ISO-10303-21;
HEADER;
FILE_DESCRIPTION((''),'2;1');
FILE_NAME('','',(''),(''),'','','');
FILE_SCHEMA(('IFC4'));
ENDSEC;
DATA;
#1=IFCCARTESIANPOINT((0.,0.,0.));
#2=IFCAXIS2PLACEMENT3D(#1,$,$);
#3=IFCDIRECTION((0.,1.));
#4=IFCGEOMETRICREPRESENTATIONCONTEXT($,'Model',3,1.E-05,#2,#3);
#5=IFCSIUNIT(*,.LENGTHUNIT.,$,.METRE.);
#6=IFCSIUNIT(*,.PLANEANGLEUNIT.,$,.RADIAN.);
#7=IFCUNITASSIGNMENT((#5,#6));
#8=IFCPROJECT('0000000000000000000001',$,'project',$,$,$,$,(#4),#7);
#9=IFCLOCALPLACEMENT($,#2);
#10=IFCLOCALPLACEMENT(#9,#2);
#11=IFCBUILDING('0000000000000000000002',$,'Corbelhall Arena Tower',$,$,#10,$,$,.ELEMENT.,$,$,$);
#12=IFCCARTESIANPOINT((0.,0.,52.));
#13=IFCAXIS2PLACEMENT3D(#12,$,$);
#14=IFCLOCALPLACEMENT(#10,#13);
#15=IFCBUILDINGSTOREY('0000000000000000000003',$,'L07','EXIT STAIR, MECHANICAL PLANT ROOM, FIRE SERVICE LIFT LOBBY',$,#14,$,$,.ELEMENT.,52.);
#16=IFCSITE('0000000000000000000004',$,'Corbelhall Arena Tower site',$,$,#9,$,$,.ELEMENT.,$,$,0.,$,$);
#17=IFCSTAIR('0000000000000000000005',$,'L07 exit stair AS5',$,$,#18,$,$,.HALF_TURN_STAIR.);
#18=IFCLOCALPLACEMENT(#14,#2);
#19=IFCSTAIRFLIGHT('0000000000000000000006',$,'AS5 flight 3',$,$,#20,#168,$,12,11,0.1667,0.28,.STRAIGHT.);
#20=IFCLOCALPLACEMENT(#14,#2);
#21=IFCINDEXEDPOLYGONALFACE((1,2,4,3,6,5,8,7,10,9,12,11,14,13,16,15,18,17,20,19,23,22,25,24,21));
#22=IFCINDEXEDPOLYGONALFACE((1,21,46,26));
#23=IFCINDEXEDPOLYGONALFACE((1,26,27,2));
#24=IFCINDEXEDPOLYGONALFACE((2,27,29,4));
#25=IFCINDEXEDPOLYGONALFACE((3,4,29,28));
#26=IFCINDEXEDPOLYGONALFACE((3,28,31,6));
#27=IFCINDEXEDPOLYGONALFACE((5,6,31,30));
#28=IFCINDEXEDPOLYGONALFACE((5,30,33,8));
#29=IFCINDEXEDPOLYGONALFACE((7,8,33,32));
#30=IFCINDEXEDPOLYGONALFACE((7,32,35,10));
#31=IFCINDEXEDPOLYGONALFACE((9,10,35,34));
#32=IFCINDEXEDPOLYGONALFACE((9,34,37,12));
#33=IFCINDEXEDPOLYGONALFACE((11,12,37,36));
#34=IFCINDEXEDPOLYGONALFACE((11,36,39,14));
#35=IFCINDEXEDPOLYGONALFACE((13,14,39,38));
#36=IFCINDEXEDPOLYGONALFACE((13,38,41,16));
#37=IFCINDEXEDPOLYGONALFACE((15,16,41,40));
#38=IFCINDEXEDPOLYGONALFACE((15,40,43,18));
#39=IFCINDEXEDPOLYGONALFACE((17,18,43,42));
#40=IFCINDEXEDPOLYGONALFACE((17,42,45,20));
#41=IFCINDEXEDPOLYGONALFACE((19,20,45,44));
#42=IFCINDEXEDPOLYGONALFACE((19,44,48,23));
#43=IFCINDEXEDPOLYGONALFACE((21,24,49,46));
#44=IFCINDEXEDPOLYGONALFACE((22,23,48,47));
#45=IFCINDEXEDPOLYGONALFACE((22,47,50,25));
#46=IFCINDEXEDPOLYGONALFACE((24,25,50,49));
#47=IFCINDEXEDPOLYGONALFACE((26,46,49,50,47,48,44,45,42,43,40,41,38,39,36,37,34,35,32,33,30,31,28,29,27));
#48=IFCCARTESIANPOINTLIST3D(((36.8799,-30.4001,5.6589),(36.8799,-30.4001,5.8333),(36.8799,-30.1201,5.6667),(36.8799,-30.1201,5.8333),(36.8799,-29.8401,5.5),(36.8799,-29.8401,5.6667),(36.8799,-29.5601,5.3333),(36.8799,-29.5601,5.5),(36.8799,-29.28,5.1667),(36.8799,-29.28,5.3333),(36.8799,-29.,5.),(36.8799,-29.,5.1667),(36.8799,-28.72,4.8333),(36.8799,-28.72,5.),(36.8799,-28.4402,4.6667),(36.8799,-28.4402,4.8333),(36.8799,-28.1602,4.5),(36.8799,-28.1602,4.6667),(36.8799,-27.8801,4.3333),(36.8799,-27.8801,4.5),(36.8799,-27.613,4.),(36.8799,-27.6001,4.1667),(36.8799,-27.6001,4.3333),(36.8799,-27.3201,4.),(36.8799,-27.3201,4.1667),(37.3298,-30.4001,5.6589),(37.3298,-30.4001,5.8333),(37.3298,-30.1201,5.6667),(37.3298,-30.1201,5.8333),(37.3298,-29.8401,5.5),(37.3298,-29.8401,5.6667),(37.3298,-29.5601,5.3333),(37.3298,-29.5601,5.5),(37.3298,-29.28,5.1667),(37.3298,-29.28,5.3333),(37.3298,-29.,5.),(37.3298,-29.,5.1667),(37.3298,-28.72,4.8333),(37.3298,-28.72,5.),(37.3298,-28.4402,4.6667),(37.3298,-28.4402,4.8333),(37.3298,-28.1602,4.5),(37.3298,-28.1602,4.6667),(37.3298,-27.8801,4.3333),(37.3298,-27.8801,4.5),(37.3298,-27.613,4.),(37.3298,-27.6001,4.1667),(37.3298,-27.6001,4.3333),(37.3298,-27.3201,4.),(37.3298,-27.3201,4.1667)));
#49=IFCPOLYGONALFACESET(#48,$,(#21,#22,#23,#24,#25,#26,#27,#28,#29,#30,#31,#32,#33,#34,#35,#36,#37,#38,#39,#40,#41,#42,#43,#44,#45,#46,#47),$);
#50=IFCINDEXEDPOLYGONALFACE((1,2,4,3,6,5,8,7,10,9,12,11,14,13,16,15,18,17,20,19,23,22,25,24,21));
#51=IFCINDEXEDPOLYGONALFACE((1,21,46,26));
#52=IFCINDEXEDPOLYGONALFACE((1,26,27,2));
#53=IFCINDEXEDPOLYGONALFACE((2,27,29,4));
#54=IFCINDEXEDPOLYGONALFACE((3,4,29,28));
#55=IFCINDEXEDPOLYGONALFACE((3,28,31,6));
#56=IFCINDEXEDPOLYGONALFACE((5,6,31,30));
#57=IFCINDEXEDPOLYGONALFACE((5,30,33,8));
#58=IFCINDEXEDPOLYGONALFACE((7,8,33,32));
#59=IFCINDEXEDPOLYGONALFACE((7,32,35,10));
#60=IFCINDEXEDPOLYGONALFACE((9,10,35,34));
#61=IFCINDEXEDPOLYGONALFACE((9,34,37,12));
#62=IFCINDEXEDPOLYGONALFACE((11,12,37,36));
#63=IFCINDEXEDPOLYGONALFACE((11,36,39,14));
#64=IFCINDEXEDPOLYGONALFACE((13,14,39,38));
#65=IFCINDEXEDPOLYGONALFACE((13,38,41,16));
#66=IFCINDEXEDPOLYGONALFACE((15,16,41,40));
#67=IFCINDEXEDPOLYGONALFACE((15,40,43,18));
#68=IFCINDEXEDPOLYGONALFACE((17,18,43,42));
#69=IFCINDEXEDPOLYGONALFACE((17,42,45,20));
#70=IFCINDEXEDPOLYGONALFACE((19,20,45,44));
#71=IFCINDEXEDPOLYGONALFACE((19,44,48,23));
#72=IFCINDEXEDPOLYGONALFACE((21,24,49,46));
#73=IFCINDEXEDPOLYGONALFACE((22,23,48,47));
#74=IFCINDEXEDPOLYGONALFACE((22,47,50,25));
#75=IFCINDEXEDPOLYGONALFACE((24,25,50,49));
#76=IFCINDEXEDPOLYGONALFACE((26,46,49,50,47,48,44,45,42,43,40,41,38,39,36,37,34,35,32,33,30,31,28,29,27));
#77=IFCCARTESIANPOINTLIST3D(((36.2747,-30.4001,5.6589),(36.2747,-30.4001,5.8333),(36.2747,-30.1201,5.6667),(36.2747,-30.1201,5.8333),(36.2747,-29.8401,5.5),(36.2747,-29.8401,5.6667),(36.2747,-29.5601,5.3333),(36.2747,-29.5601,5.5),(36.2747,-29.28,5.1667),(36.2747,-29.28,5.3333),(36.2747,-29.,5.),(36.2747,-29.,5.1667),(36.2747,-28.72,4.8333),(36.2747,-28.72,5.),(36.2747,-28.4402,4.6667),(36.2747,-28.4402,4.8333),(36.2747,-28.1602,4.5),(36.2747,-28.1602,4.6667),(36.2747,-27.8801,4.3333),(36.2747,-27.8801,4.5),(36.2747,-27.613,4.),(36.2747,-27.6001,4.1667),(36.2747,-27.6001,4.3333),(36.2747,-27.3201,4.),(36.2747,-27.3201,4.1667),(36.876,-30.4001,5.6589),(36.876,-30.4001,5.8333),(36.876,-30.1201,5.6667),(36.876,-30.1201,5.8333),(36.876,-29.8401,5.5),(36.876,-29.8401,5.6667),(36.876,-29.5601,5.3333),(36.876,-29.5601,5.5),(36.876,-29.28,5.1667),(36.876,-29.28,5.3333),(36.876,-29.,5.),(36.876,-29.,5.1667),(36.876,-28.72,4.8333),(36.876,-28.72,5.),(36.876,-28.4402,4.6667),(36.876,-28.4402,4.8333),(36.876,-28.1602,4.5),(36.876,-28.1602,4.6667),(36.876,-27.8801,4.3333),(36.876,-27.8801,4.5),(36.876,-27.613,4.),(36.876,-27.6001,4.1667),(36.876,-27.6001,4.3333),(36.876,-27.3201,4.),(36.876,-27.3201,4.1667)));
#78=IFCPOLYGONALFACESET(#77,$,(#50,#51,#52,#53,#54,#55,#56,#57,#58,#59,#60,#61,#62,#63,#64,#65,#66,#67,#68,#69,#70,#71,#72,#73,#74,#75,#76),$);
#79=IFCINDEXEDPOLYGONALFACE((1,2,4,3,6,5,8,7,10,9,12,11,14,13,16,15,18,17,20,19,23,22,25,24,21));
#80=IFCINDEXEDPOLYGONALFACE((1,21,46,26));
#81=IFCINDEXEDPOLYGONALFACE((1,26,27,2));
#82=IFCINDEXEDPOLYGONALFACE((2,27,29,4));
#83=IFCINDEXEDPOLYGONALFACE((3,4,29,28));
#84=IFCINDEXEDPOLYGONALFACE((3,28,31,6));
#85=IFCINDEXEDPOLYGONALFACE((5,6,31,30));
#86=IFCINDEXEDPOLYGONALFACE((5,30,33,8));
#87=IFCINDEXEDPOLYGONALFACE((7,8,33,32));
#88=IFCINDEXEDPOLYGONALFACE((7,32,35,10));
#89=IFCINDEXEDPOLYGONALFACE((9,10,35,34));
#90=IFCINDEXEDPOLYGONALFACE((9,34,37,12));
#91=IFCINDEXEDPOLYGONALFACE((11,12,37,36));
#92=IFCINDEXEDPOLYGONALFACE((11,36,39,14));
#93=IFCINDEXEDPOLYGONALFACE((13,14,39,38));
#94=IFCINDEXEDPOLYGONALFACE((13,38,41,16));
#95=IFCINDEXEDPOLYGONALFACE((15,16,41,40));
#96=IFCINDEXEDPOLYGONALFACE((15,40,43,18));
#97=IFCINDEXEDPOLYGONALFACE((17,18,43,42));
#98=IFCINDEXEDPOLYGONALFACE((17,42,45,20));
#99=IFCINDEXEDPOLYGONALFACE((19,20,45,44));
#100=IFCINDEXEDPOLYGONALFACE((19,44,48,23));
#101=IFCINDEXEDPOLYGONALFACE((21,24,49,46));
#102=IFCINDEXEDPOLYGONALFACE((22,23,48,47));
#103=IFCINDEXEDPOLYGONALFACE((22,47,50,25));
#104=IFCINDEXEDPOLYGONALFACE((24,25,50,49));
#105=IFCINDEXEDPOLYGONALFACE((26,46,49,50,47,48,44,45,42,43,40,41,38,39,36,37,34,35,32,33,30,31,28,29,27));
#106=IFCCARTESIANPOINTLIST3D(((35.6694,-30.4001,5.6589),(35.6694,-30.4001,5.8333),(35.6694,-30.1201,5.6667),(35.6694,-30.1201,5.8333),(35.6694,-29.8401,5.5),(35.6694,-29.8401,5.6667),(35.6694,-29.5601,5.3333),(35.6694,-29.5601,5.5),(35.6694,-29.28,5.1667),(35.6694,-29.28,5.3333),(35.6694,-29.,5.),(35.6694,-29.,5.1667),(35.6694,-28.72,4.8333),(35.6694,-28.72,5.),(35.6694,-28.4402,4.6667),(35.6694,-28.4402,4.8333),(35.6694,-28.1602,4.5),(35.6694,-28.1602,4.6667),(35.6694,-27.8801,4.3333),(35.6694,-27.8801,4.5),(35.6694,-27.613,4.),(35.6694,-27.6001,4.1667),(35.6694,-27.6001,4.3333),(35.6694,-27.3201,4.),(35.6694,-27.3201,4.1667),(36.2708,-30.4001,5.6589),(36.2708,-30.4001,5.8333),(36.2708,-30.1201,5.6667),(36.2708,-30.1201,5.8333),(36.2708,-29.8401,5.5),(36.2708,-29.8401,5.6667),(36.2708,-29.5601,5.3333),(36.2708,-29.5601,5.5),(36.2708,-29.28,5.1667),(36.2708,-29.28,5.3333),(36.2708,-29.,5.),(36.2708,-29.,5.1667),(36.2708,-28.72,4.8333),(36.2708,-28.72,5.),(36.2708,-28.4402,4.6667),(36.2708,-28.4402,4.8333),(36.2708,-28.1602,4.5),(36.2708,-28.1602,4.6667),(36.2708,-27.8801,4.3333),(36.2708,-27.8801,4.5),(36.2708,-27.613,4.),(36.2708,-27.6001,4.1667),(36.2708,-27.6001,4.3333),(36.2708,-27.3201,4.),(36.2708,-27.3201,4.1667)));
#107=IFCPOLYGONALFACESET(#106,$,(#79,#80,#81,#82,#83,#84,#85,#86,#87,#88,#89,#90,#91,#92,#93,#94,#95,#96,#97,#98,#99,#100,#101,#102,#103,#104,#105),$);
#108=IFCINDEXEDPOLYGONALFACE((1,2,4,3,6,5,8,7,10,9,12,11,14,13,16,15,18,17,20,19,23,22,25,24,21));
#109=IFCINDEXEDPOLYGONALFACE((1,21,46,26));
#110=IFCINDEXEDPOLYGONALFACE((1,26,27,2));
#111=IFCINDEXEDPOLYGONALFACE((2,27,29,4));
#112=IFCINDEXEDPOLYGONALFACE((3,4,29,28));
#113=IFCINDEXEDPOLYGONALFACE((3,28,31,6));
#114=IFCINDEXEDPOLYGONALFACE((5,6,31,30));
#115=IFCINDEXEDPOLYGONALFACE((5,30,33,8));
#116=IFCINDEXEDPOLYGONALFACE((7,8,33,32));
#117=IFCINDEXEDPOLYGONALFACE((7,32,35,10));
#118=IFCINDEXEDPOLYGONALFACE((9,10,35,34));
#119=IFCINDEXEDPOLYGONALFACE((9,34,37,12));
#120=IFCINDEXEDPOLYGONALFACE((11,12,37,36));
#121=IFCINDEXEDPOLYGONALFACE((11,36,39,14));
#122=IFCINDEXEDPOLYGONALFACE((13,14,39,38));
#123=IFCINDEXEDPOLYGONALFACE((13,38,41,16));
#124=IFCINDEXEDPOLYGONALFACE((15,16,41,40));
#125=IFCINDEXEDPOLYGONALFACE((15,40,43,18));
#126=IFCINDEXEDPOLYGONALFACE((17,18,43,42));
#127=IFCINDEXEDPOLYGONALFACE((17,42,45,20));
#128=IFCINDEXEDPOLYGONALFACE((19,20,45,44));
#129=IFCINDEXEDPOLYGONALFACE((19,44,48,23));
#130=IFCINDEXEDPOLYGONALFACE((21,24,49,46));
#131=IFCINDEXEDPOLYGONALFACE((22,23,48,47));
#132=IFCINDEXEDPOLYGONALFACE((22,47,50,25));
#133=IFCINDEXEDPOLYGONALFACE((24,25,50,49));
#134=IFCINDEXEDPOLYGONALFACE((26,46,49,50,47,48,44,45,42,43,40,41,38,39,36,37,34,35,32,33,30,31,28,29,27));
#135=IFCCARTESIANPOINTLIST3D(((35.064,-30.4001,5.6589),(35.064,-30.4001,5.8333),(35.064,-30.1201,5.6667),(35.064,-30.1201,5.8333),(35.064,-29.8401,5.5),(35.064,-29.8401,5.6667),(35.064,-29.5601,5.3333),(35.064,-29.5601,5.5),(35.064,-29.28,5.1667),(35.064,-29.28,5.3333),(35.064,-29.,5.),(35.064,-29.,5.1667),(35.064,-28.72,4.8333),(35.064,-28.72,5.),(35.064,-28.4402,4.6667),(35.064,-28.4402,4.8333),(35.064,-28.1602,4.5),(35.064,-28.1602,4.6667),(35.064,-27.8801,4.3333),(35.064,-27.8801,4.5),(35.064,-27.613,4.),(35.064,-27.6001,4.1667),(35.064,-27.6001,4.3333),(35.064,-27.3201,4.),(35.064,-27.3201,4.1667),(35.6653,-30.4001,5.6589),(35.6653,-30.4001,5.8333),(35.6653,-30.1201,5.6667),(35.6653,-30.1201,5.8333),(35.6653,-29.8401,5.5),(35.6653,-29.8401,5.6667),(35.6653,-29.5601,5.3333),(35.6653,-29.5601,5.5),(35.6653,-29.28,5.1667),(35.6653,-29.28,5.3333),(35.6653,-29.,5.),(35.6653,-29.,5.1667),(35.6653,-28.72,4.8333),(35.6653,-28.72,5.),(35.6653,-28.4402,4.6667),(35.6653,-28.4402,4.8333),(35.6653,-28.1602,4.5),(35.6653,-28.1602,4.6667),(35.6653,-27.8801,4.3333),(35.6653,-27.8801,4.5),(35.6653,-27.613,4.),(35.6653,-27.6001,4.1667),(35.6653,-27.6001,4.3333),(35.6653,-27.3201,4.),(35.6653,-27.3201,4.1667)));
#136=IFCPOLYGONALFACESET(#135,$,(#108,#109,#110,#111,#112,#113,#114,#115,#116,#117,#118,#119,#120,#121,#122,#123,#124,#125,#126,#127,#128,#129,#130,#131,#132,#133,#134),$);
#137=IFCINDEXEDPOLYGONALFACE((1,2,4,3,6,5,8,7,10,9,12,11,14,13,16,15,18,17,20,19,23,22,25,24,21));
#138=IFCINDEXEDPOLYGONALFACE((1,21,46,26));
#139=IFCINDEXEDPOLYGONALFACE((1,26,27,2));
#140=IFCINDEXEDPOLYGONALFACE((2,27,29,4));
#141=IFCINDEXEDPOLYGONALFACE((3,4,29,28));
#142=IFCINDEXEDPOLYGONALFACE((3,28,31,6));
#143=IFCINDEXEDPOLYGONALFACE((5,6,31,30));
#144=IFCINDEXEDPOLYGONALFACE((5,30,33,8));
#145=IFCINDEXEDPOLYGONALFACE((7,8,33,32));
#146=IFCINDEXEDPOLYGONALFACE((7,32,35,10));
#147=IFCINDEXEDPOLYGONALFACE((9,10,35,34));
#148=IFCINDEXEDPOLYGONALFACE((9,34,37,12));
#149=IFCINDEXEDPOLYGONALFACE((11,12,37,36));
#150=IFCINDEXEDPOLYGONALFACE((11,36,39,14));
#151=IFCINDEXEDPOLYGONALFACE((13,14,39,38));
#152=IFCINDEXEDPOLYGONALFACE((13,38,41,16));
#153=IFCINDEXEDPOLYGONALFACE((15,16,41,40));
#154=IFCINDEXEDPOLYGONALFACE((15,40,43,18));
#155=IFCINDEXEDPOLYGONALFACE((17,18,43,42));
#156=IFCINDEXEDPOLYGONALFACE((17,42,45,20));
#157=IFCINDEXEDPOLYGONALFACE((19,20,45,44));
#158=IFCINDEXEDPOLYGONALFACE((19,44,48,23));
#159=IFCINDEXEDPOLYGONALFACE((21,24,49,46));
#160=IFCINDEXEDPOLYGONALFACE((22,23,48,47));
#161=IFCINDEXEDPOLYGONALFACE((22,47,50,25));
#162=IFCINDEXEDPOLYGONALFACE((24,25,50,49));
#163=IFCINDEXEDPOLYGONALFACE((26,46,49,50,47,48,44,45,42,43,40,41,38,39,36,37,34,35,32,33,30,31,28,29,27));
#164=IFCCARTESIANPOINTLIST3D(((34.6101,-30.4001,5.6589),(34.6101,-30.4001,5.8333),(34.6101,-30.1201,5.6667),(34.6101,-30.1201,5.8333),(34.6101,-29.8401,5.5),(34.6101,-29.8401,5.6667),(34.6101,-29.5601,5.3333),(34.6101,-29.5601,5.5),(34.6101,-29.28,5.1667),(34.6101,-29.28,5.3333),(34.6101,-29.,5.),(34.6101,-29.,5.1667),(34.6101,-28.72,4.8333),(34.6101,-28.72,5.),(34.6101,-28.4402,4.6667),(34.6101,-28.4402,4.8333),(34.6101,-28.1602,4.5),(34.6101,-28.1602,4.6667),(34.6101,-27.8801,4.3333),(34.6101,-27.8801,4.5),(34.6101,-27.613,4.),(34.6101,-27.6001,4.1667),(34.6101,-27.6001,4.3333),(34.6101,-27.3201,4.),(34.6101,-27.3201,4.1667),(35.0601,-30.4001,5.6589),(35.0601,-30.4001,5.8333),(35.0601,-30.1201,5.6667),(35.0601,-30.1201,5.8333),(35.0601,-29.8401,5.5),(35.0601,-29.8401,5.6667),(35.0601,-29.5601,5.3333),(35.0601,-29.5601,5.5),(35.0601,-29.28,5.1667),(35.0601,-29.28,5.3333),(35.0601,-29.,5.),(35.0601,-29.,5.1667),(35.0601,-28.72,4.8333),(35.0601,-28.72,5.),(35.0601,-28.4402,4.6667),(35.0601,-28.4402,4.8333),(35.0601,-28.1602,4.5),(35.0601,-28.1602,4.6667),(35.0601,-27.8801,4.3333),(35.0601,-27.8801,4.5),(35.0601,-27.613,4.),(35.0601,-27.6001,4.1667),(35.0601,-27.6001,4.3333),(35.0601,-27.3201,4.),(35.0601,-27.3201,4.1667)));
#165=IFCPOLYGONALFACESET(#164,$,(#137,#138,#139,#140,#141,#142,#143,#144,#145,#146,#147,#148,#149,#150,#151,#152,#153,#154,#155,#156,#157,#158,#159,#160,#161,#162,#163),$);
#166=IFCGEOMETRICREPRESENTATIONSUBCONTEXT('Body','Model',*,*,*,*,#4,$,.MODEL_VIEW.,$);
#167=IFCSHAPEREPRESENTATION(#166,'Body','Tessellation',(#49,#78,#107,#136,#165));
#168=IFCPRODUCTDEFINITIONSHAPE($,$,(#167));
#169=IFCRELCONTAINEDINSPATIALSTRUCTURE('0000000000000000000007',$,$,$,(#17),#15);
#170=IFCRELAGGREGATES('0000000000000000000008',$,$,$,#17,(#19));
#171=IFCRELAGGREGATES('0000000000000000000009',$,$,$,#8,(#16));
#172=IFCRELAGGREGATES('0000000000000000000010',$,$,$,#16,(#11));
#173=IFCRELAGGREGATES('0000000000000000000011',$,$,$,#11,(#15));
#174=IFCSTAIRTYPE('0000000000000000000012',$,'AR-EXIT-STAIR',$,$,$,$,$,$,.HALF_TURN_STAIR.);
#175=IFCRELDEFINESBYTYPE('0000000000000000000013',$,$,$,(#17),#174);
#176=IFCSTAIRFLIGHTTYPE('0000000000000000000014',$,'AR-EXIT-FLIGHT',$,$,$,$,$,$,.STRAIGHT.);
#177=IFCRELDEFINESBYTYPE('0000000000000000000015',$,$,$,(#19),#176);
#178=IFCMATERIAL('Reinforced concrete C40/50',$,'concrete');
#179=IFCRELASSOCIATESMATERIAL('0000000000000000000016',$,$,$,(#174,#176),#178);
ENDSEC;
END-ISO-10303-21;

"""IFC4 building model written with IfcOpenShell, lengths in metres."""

from ifc_helpers import new_model, si_unit, direction, frame, origin, place, context, subcontext, project, spatial, polyline, outline, extrude, material, type_object, element, aggregate, save


model = new_model("IFC4")

# Units and contexts
model_context = context("Model", 3, precision=1e-05, world=origin(), true_north=direction((0.0, 1.0)))
body_context = subcontext(model_context, "Body", "Model", "MODEL_VIEW")
ifc_project = project(units=[si_unit("LENGTHUNIT", "METRE"), si_unit("PLANEANGLEUNIT", "RADIAN")], contexts=[model_context])

# Site, building, storey
site_placement = place(None, origin())
site = spatial("IfcSite", under=ifc_project, at=site_placement, Name="Corbelhall Arena Tower site", CompositionType="ELEMENT", RefElevation=0.0)
building_placement = place(site_placement, origin())
building = spatial("IfcBuilding", under=site, at=building_placement, Name="Corbelhall Arena Tower", CompositionType="ELEMENT")
storey_placement = place(building_placement, frame((0.0, 0.0, 52.0)))
storey = spatial("IfcBuildingStorey", under=building, at=storey_placement, Name="L07", Description="EXIT STAIR, MECHANICAL PLANT ROOM, FIRE SERVICE LIFT LOBBY", CompositionType="ELEMENT", Elevation=52.0)

# Stair, stair flight
ifc_material_1 = material(Name="Reinforced concrete C40/50", Category="concrete")
stair_type = type_object("IfcStairType", Name="AR-EXIT-STAIR", PredefinedType="HALF_TURN_STAIR", material=ifc_material_1)
stair_1_placement = place(storey_placement, origin())
stair_1 = element("IfcStair", 1, at=stair_1_placement, inside=storey, type_object=stair_type, Name="L07 exit stair AS5", PredefinedType="HALF_TURN_STAIR")
stair_flight_type = type_object("IfcStairFlightType", Name="AR-EXIT-FLIGHT", PredefinedType="STRAIGHT", material=ifc_material_1)
stair_flight_1_placement = place(storey_placement, frame((35.97, -27.3201, 4.0), z_axis=(0.0, 0.0, 1.0), x_axis=(0.0, -1.0, 0.0)))
stair_flight_1 = element("IfcStairFlight", 2, at=stair_flight_1_placement, type_object=stair_flight_type, Name="AS5 flight 3", NumberOfRisers=12, NumberOfTreads=11, PredefinedType="STRAIGHT", RiserHeight=0.1667, TreadLength=0.28, context=body_context, shape_type="SweptSolid", body=[
    extrude(outline(polyline([(0.0, 0.0), (0.0, 0.1667), (0.28, 0.1667), (0.28, 0.3333), (0.5601, 0.3333), (0.5601, 0.5), (0.8401, 0.5), (0.8401, 0.6667), (1.1201, 0.6667), (1.1201, 0.8333), (1.3999, 0.8333), (1.3999, 1.0), (1.6799, 1.0), (1.6799, 1.1667), (1.96, 1.1667), (1.96, 1.3333), (2.24, 1.3333), (2.24, 1.5), (2.52, 1.5), (2.52, 1.6667), (2.8, 1.6667), (2.8, 1.8333), (3.0801, 1.8333), (3.0801, 2.0), (3.0801, 1.6589), (0.293, 0.0), (0.0, 0.0)])), frame((0.0, 1.3599, 0.0), z_axis=(0.0, -1.0, 0.0), x_axis=(1.0, 0.0, 0.0)), (0.0, 0.0, 1.0), 0.45),
    extrude(outline(polyline([(0.0, 0.0), (0.0, 0.1667), (0.28, 0.1667), (0.28, 0.3333), (0.5601, 0.3333), (0.5601, 0.5), (0.8401, 0.5), (0.8401, 0.6667), (1.1201, 0.6667), (1.1201, 0.8333), (1.3999, 0.8333), (1.3999, 1.0), (1.6799, 1.0), (1.6799, 1.1667), (1.96, 1.1667), (1.96, 1.3333), (2.24, 1.3333), (2.24, 1.5), (2.52, 1.5), (2.52, 1.6667), (2.8, 1.6667), (2.8, 1.8333), (3.0801, 1.8333), (3.0801, 2.0), (3.0801, 1.6589), (0.293, 0.0), (0.0, 0.0)])), frame((0.0, 0.906, 0.0), z_axis=(0.0, -1.0, 0.0), x_axis=(1.0, 0.0, 0.0)), (0.0, 0.0, 1.0), 0.6013),
    extrude(outline(polyline([(0.0, 0.0), (0.0, 0.1667), (0.28, 0.1667), (0.28, 0.3333), (0.5601, 0.3333), (0.5601, 0.5), (0.8401, 0.5), (0.8401, 0.6667), (1.1201, 0.6667), (1.1201, 0.8333), (1.3999, 0.8333), (1.3999, 1.0), (1.6799, 1.0), (1.6799, 1.1667), (1.96, 1.1667), (1.96, 1.3333), (2.24, 1.3333), (2.24, 1.5), (2.52, 1.5), (2.52, 1.6667), (2.8, 1.6667), (2.8, 1.8333), (3.0801, 1.8333), (3.0801, 2.0), (3.0801, 1.6589), (0.293, 0.0), (0.0, 0.0)])), frame((0.0, 0.3008, 0.0), z_axis=(0.0, -1.0, 0.0), x_axis=(1.0, 0.0, 0.0)), (0.0, 0.0, 1.0), 0.6013),
    extrude(outline(polyline([(0.0, 0.0), (0.0, 0.1667), (0.28, 0.1667), (0.28, 0.3333), (0.5601, 0.3333), (0.5601, 0.5), (0.8401, 0.5), (0.8401, 0.6667), (1.1201, 0.6667), (1.1201, 0.8333), (1.3999, 0.8333), (1.3999, 1.0), (1.6799, 1.0), (1.6799, 1.1667), (1.96, 1.1667), (1.96, 1.3333), (2.24, 1.3333), (2.24, 1.5), (2.52, 1.5), (2.52, 1.6667), (2.8, 1.6667), (2.8, 1.8333), (3.0801, 1.8333), (3.0801, 2.0), (3.0801, 1.6589), (0.293, 0.0), (0.0, 0.0)])), frame((0.0, -0.3047, 0.0), z_axis=(0.0, -1.0, 0.0), x_axis=(1.0, 0.0, 0.0)), (0.0, 0.0, 1.0), 0.6013),
    extrude(outline(polyline([(0.0, 0.0), (0.0, 0.1667), (0.28, 0.1667), (0.28, 0.3333), (0.5601, 0.3333), (0.5601, 0.5), (0.8401, 0.5), (0.8401, 0.6667), (1.1201, 0.6667), (1.1201, 0.8333), (1.3999, 0.8333), (1.3999, 1.0), (1.6799, 1.0), (1.6799, 1.1667), (1.96, 1.1667), (1.96, 1.3333), (2.24, 1.3333), (2.24, 1.5), (2.52, 1.5), (2.52, 1.6667), (2.8, 1.6667), (2.8, 1.8333), (3.0801, 1.8333), (3.0801, 2.0), (3.0801, 1.6589), (0.293, 0.0), (0.0, 0.0)])), frame((0.0, -0.9099, 0.0), z_axis=(0.0, -1.0, 0.0), x_axis=(1.0, 0.0, 0.0)), (0.0, 0.0, 1.0), 0.45),
])
aggregate(stair_1, [stair_flight_1])

save(model, "model.ifc")
